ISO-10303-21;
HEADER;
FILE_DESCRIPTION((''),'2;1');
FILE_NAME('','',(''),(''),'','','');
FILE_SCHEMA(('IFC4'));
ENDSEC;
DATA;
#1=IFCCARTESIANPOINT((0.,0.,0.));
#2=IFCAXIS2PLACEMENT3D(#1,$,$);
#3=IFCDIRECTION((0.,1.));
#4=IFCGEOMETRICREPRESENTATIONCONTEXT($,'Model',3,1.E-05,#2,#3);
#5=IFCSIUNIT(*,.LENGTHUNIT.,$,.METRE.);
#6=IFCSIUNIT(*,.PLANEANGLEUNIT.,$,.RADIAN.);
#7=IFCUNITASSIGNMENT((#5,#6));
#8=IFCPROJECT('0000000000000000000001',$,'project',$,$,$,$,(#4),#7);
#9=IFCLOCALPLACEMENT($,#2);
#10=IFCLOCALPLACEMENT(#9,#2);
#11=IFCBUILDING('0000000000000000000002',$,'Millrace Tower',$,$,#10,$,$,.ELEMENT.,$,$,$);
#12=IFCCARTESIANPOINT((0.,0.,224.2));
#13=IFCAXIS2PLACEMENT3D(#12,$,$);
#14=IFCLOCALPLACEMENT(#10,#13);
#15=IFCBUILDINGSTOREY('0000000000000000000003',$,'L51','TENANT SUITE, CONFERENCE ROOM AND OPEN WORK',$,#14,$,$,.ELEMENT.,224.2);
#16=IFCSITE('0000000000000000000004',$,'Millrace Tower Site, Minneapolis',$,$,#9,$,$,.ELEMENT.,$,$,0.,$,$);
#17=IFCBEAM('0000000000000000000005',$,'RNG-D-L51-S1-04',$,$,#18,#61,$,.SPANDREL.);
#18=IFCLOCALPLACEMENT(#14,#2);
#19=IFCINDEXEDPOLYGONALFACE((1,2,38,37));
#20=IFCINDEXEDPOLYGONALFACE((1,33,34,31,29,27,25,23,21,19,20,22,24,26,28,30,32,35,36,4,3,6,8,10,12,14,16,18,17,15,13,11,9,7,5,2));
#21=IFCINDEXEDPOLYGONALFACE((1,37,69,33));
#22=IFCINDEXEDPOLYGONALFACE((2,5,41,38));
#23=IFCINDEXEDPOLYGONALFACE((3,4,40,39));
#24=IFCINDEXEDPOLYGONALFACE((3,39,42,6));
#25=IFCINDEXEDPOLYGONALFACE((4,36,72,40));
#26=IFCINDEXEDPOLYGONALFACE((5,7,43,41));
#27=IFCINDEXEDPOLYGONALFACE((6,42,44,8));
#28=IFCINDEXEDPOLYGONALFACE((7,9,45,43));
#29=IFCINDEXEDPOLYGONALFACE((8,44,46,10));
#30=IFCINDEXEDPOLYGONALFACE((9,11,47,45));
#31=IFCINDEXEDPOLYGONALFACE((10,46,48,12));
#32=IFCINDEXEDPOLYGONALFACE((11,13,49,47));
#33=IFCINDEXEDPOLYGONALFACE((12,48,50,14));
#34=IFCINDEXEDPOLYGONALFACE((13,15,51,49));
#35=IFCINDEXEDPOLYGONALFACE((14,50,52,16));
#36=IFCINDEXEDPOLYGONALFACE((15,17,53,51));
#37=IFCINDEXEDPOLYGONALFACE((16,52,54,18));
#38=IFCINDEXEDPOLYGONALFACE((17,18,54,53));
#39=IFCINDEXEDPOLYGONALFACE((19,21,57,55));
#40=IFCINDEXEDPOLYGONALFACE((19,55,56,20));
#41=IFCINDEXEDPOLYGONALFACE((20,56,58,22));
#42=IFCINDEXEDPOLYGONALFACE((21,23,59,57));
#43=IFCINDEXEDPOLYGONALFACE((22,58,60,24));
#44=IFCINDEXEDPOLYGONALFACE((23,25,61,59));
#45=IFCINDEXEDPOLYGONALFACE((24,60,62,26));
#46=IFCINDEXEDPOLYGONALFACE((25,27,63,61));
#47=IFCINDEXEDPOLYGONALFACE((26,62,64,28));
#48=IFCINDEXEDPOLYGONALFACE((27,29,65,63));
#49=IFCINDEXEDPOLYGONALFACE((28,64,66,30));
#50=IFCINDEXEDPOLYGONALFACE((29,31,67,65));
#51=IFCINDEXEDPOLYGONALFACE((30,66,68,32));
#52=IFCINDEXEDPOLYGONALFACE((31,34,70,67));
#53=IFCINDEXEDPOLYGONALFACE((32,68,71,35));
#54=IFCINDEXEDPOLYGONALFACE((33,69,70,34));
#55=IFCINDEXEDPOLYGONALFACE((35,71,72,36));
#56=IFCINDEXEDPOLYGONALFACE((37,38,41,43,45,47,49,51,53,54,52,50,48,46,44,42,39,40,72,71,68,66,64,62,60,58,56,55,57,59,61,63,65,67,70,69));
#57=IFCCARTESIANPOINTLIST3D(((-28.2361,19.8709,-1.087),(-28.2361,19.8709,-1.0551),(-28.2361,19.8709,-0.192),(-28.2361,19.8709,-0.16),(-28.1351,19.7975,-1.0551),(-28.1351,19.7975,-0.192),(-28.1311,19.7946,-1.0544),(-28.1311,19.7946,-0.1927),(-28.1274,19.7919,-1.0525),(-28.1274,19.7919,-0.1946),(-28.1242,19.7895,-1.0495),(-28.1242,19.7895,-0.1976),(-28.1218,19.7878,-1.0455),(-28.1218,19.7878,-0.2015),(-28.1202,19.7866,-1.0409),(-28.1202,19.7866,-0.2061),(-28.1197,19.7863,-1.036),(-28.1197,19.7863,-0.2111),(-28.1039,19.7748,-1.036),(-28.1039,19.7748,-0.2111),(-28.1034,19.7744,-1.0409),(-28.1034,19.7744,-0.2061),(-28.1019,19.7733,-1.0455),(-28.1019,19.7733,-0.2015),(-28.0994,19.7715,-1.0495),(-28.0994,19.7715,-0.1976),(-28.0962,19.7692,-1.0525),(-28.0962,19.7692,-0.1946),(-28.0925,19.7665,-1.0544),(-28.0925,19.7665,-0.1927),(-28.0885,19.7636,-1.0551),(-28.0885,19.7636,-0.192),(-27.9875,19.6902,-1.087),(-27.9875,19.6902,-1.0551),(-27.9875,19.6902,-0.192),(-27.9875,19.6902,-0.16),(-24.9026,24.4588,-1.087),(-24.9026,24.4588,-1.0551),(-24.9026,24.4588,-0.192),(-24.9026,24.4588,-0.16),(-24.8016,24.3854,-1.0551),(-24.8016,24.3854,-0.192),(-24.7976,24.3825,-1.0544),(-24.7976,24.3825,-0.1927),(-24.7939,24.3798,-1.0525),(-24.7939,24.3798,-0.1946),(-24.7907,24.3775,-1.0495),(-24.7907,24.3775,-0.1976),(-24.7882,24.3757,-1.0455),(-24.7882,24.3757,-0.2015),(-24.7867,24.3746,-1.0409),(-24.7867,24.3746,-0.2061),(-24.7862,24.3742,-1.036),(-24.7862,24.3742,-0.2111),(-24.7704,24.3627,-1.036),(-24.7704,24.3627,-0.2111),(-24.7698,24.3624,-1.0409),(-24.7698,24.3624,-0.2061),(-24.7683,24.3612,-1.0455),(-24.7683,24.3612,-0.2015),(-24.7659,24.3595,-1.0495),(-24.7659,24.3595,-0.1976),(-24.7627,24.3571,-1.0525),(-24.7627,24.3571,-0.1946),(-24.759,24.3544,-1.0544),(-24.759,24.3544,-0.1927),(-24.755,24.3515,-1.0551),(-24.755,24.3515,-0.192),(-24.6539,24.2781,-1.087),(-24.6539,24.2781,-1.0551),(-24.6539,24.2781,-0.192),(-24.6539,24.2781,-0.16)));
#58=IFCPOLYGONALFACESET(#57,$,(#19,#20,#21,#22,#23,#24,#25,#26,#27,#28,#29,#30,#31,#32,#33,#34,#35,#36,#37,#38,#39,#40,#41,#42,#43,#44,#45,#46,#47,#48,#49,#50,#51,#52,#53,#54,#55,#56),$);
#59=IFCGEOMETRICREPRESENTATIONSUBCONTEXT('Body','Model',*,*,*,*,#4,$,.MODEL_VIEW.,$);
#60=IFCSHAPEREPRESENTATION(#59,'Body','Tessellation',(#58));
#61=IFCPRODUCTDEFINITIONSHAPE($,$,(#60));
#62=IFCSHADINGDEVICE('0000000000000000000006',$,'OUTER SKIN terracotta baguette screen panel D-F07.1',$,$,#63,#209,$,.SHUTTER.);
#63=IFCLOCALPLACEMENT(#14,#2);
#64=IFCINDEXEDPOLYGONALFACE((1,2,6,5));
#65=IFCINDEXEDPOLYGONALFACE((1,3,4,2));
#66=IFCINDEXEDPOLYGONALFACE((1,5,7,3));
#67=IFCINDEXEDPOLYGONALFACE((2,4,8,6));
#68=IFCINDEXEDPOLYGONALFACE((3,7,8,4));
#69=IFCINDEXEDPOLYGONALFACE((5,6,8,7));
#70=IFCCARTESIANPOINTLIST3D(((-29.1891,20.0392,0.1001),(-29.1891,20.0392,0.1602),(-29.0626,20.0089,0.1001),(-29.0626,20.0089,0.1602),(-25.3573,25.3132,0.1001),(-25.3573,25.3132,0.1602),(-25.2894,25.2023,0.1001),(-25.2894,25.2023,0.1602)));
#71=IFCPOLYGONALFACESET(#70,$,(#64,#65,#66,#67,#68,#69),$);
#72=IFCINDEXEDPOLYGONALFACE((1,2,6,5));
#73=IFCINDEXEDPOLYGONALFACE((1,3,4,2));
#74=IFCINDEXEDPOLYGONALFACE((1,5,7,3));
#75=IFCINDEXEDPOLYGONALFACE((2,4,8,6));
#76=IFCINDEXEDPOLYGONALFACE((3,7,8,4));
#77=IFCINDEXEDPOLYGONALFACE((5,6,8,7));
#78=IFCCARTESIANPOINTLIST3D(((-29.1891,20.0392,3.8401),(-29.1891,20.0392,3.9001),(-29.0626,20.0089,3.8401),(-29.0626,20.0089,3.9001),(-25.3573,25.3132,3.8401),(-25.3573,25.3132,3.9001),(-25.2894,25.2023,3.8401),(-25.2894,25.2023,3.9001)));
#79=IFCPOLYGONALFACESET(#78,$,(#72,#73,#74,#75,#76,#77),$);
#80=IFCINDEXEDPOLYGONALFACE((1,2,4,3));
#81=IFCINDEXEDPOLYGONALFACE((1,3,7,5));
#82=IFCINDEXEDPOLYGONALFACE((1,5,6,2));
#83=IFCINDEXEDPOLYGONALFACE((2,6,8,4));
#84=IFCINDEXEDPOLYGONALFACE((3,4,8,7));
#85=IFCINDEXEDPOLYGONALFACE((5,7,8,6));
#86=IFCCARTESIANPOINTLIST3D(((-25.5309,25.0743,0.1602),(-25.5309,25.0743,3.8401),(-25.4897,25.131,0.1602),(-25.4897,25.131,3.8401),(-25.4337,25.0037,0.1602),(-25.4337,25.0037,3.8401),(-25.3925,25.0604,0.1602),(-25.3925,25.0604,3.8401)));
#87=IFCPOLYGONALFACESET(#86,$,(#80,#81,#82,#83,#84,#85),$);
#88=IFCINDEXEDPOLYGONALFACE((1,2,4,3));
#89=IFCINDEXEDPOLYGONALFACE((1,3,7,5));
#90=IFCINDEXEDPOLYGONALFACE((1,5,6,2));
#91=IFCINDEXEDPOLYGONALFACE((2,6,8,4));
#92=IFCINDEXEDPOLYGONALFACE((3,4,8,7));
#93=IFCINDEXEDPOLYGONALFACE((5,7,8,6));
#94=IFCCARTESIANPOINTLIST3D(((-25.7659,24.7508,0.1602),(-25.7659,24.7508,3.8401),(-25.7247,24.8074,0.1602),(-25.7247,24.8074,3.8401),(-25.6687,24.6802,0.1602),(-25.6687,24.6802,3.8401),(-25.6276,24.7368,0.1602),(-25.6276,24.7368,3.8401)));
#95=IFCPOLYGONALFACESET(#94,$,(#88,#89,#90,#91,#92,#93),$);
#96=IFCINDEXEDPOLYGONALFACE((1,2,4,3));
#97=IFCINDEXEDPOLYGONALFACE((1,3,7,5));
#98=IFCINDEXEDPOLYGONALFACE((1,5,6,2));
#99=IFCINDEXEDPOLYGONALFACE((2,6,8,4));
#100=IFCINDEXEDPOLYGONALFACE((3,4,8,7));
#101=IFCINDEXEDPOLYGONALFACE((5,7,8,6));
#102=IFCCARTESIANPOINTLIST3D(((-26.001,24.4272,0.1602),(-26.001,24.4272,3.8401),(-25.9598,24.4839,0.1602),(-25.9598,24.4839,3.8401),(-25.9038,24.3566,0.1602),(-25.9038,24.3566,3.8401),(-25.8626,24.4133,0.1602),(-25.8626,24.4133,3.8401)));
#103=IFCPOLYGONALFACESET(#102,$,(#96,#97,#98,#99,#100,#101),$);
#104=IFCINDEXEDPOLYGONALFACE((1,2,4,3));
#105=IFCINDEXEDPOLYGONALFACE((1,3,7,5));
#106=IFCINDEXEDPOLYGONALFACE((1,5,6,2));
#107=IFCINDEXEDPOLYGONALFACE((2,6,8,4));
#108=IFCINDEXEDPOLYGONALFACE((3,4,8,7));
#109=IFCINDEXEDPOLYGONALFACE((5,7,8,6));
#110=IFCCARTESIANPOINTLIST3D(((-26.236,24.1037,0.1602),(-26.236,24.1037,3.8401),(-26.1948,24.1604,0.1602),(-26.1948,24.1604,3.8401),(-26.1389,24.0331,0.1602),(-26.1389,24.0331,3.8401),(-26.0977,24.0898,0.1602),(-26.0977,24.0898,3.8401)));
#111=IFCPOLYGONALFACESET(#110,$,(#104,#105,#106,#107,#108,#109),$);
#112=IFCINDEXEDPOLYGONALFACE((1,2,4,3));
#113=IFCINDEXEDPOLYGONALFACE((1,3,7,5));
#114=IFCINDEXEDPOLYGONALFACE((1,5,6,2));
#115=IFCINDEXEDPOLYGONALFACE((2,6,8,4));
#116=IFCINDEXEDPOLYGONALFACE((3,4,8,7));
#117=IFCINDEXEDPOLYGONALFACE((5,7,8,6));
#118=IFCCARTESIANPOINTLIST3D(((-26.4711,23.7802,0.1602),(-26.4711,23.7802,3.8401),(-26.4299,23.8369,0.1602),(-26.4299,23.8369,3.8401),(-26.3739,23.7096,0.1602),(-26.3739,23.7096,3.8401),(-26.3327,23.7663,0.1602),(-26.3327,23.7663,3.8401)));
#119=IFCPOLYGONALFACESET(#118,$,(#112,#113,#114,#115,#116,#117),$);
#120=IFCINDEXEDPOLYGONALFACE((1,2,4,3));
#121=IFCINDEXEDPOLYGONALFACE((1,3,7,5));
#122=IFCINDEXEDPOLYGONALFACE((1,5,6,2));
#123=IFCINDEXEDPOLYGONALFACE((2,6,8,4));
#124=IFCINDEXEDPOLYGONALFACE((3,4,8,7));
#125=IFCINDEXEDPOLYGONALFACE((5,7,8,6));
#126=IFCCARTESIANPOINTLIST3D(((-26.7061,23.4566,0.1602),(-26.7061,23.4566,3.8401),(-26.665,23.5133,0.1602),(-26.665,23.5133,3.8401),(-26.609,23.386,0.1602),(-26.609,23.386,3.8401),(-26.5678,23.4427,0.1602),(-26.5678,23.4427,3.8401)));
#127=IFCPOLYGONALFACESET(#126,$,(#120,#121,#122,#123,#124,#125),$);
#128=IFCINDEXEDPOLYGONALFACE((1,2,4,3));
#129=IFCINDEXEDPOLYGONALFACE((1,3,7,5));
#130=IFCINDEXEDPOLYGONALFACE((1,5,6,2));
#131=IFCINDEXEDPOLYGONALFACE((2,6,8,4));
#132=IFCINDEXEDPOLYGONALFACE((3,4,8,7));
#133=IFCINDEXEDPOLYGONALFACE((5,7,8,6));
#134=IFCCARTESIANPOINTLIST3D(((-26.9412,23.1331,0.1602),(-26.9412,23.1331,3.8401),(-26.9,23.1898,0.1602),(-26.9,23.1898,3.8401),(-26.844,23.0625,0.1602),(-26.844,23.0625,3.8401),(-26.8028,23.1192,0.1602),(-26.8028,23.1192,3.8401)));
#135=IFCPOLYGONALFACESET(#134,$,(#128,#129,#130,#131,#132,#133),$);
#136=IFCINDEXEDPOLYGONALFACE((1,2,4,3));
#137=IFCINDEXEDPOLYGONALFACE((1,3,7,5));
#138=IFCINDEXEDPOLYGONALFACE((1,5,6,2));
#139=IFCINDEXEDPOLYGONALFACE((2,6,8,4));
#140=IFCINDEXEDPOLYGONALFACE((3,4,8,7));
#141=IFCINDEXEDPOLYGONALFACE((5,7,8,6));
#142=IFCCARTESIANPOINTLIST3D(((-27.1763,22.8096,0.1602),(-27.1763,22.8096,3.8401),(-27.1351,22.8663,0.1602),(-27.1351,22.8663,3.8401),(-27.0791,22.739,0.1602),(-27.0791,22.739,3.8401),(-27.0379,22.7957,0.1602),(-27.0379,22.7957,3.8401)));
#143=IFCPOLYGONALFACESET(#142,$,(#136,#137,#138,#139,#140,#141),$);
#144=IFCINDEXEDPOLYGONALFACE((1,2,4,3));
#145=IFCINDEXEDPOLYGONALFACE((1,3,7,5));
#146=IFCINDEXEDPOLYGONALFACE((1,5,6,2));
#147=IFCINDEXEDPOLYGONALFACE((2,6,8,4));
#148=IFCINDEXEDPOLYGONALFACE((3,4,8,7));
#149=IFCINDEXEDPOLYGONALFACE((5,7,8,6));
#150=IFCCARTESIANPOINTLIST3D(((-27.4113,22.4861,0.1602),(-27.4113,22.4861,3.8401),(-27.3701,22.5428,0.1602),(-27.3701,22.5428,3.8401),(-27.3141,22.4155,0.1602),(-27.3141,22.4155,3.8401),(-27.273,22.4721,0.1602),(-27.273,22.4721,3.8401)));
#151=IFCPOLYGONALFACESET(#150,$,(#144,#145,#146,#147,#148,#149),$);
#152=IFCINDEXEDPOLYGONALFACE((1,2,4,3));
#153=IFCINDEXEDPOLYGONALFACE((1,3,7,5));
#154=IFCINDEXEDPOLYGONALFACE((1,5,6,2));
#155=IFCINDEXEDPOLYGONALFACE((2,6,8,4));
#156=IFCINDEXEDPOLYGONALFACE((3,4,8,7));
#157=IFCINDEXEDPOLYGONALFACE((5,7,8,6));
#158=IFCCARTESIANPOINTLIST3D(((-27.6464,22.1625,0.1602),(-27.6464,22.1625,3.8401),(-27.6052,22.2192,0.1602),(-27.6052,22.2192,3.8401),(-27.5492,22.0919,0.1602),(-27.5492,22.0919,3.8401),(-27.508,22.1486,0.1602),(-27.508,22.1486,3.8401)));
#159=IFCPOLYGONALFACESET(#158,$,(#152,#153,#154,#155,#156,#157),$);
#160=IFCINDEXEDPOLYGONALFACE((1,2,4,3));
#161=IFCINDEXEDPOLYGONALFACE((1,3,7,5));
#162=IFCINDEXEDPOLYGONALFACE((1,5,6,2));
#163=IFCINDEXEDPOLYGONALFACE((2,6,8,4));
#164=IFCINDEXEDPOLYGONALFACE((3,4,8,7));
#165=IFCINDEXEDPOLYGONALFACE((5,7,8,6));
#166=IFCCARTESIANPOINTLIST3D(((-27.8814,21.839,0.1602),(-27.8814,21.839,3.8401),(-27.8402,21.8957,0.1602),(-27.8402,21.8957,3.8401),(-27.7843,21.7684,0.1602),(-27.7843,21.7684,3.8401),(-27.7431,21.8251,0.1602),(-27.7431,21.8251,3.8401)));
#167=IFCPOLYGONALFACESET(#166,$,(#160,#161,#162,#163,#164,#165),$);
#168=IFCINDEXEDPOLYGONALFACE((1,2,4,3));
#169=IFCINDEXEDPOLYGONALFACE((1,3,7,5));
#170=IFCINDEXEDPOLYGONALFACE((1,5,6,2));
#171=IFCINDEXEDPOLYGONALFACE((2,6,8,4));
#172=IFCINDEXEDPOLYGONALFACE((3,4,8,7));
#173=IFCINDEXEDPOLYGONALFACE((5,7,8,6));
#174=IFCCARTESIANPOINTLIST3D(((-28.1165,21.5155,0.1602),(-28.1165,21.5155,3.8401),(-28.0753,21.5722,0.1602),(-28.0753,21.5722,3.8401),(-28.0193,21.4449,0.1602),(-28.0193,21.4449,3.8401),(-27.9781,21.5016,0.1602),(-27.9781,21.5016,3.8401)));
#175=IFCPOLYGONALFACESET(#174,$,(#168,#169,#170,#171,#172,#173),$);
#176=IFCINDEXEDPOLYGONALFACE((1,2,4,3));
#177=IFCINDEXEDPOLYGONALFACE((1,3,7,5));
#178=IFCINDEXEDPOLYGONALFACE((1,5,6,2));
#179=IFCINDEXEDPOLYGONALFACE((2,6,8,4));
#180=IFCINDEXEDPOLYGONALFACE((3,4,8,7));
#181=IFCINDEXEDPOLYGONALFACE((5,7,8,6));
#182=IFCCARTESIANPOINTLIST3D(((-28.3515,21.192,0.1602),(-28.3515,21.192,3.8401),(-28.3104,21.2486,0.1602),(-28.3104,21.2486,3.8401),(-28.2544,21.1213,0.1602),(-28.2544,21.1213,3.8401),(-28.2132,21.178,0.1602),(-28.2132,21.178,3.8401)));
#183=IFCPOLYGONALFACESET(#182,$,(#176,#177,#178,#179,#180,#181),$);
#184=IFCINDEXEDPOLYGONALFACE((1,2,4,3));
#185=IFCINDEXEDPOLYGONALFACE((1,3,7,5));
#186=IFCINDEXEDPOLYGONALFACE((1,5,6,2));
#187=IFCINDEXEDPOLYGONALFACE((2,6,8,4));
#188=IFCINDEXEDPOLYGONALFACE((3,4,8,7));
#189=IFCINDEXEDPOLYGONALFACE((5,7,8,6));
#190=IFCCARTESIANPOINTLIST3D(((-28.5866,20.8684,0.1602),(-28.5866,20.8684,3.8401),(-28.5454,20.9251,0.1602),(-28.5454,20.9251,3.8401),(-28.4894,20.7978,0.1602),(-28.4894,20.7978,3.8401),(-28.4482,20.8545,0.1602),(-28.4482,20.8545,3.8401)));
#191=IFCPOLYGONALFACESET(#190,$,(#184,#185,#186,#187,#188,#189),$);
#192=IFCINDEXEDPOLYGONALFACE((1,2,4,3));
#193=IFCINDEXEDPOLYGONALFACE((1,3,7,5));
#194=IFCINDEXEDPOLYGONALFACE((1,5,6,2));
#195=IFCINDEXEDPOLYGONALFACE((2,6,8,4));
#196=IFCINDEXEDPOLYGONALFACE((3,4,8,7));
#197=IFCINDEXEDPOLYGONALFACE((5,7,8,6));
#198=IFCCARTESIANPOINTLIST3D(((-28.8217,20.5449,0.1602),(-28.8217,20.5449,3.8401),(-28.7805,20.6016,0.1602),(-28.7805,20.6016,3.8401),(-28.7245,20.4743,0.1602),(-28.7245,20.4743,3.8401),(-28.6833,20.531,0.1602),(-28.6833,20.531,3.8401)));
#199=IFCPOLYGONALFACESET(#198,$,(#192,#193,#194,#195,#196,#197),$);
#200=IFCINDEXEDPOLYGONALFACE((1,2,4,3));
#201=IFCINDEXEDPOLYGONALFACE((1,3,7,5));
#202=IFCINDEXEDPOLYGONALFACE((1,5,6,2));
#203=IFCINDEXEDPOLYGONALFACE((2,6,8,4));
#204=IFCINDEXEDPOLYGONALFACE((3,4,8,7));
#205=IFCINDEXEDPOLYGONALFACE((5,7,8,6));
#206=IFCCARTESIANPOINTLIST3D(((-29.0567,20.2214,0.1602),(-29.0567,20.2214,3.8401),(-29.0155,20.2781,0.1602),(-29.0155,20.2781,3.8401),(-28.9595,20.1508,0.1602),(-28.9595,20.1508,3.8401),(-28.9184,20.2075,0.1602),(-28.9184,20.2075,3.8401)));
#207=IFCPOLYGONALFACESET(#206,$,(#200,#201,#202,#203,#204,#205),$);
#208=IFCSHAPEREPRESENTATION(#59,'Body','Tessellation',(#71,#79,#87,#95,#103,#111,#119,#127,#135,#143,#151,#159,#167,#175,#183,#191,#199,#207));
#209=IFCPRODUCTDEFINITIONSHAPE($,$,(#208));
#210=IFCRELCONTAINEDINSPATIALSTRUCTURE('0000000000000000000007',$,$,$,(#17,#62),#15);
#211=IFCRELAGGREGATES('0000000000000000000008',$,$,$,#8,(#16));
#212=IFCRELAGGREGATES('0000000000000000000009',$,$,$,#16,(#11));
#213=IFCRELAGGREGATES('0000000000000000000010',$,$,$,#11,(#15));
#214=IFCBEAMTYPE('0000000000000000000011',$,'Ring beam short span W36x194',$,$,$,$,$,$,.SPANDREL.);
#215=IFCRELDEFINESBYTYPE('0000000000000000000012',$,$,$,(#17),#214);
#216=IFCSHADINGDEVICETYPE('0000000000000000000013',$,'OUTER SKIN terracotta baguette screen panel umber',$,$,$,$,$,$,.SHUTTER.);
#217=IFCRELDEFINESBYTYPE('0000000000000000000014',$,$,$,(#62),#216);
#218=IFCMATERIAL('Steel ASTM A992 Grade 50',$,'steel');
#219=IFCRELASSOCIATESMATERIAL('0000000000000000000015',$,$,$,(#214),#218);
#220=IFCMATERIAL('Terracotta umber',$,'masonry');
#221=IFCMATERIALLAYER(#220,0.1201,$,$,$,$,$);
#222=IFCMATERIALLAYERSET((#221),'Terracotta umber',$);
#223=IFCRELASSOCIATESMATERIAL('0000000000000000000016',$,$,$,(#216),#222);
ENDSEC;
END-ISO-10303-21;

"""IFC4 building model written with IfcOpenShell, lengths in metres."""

from ifc_helpers import new_model, entity, si_unit, direction, frame, frame_2d, origin, origin_2d, place, context, subcontext, project, spatial, rectangle, i_section, extrude, source, transform, mapped, material, layer, layer_set, material_profile, profile_set, type_object, element, save


model = new_model("IFC4")

# Units and contexts
model_context = context("Model", 3, precision=1e-05, world=origin(), true_north=direction((0.0, 1.0)))
body_context = subcontext(model_context, "Body", "Model", "MODEL_VIEW")
ifc_project = project(units=[si_unit("LENGTHUNIT", "METRE"), si_unit("PLANEANGLEUNIT", "RADIAN")], contexts=[model_context])

# Site, building, storey
site_placement = place(None, origin())
site = spatial("IfcSite", under=ifc_project, at=site_placement, Name="Millrace Tower Site, Minneapolis", CompositionType="ELEMENT", RefElevation=0.0)
building_placement = place(site_placement, origin())
building = spatial("IfcBuilding", under=site, at=building_placement, Name="Millrace Tower", CompositionType="ELEMENT")
storey_placement = place(building_placement, frame((0.0, 0.0, 224.2)))
storey = spatial("IfcBuildingStorey", under=building, at=storey_placement, Name="L51", Description="TENANT SUITE, CONFERENCE ROOM AND OPEN WORK", CompositionType="ELEMENT", Elevation=224.2)

# Beam
ifc_material_1 = material(Name="Steel ASTM A992 Grade 50", Category="steel")
ifc_material_profile_1 = material_profile(ifc_material_1, i_section(OverallWidth=0.3074, OverallDepth=0.927, WebThickness=0.0195, FlangeThickness=0.032, FilletRadius=0.019, at=origin_2d()))
ifc_profile_set_1 = profile_set([ifc_material_profile_1], Name="Steel ASTM A992 Grade 50")
beam_type_1 = type_object("IfcBeamType", Name="Ring beam short span W36x194", PredefinedType="SPANDREL", material=ifc_profile_set_1)
beam_1_placement = place(storey_placement, frame((-28.1118, 19.7805, -0.6235), z_axis=(0.587808, 0.809, 0.0), x_axis=(-0.809, 0.587808, 0.0)))
element("IfcBeam", 1, at=beam_1_placement, inside=storey, type_object=beam_type_1, Name="RNG-D-L51-S1-04", PredefinedType="SPANDREL", context=body_context, shape_type="SweptSolid", body=[
    extrude(i_section(OverallWidth=0.3074, OverallDepth=0.927, WebThickness=0.0195, FlangeThickness=0.032, FilletRadius=0.019, at=origin_2d()), origin(), (0.0, 0.0, 1.0), 5.6711),
])

# Shading device
ifc_material_2 = material(Name="Terracotta umber", Category="masonry")
ifc_layer_1 = layer(ifc_material_2, 0.1201)
ifc_layer_set_1 = layer_set([ifc_layer_1], Name="Terracotta umber")
shading_device_type = type_object("IfcShadingDeviceType", Name="OUTER SKIN terracotta baguette screen panel umber", PredefinedType="SHUTTER", material=ifc_layer_set_1)
cartesian_point_1 = entity("IfcCartesianPoint", [-3.2097, 0.0601])
shared_polyline_1 = entity("IfcPolyline", [cartesian_point_1, entity("IfcCartesianPoint", [3.2097, 0.0601]), entity("IfcCartesianPoint", [3.2595, -0.0601]), entity("IfcCartesianPoint", [-3.2595, -0.0601]), cartesian_point_1])
shared_shape_1 = source(origin(), body_context, "Body", "SweptSolid", [
    entity("IfcExtrudedAreaSolid", entity("IfcArbitraryClosedProfileDef", "AREA", None, shared_polyline_1), entity("IfcAxis2Placement3D", entity("IfcCartesianPoint", [0.0, 0.0, 0.0])), entity("IfcDirection", [0.0, 0.0, 1.0]), 0.0601),
    entity("IfcExtrudedAreaSolid", entity("IfcArbitraryClosedProfileDef", "AREA", None, shared_polyline_1), entity("IfcAxis2Placement3D", entity("IfcCartesianPoint", [0.0, 0.0, 3.74])), entity("IfcDirection", [0.0, 0.0, 1.0]), 0.0601),
    extrude(rectangle(XDim=0.0701, YDim=0.1201, at=frame_2d((-2.9993, 0.0))), frame((0.0, 0.0, 0.0601)), (0.0, 0.0, 1.0), 3.6799),
    extrude(rectangle(XDim=0.0701, YDim=0.1201, at=frame_2d((-2.5994, 0.0))), frame((0.0, 0.0, 0.0601)), (0.0, 0.0, 1.0), 3.6799),
    extrude(rectangle(XDim=0.0701, YDim=0.1201, at=frame_2d((-2.1995, 0.0))), frame((0.0, 0.0, 0.0601)), (0.0, 0.0, 1.0), 3.6799),
    extrude(rectangle(XDim=0.0701, YDim=0.1201, at=frame_2d((-1.7996, 0.0))), frame((0.0, 0.0, 0.0601)), (0.0, 0.0, 1.0), 3.6799),
    extrude(rectangle(XDim=0.0701, YDim=0.1201, at=frame_2d((-1.3997, 0.0))), frame((0.0, 0.0, 0.0601)), (0.0, 0.0, 1.0), 3.6799),
    extrude(rectangle(XDim=0.0701, YDim=0.1201, at=frame_2d((-0.9998, 0.0))), frame((0.0, 0.0, 0.0601)), (0.0, 0.0, 1.0), 3.6799),
    extrude(rectangle(XDim=0.0701, YDim=0.1201, at=frame_2d((-0.5999, 0.0))), frame((0.0, 0.0, 0.0601)), (0.0, 0.0, 1.0), 3.6799),
    extrude(rectangle(XDim=0.0701, YDim=0.1201, at=frame_2d((-0.2, 0.0))), frame((0.0, 0.0, 0.0601)), (0.0, 0.0, 1.0), 3.6799),
    extrude(rectangle(XDim=0.0701, YDim=0.1201, at=frame_2d((0.2, 0.0))), frame((0.0, 0.0, 0.0601)), (0.0, 0.0, 1.0), 3.6799),
    extrude(rectangle(XDim=0.0701, YDim=0.1201, at=frame_2d((0.5999, 0.0))), frame((0.0, 0.0, 0.0601)), (0.0, 0.0, 1.0), 3.6799),
    extrude(rectangle(XDim=0.0701, YDim=0.1201, at=frame_2d((0.9998, 0.0))), frame((0.0, 0.0, 0.0601)), (0.0, 0.0, 1.0), 3.6799),
    extrude(rectangle(XDim=0.0701, YDim=0.1201, at=frame_2d((1.3997, 0.0))), frame((0.0, 0.0, 0.0601)), (0.0, 0.0, 1.0), 3.6799),
    extrude(rectangle(XDim=0.0701, YDim=0.1201, at=frame_2d((1.7996, 0.0))), frame((0.0, 0.0, 0.0601)), (0.0, 0.0, 1.0), 3.6799),
    extrude(rectangle(XDim=0.0701, YDim=0.1201, at=frame_2d((2.1995, 0.0))), frame((0.0, 0.0, 0.0601)), (0.0, 0.0, 1.0), 3.6799),
    extrude(rectangle(XDim=0.0701, YDim=0.1201, at=frame_2d((2.5994, 0.0))), frame((0.0, 0.0, 0.0601)), (0.0, 0.0, 1.0), 3.6799),
    extrude(rectangle(XDim=0.0701, YDim=0.1201, at=frame_2d((2.9993, 0.0))), frame((0.0, 0.0, 0.0601)), (0.0, 0.0, 1.0), 3.6799),
])
shading_device_1_placement = place(storey_placement, frame((-27.2246, 22.6409, 0.1001), z_axis=(0.0, 0.0, 1.0), x_axis=(-0.587785, -0.809017, 0.0)))
element("IfcShadingDevice", 2, at=shading_device_1_placement, inside=storey, type_object=shading_device_type, Name="OUTER SKIN terracotta baguette screen panel D-F07.1", PredefinedType="SHUTTER", context=body_context, shape_type="MappedRepresentation", body=[
    mapped(shared_shape_1, transform((0.0, 0.0, 0.0), scale=1.0)),
])

save(model, "model.ifc")
